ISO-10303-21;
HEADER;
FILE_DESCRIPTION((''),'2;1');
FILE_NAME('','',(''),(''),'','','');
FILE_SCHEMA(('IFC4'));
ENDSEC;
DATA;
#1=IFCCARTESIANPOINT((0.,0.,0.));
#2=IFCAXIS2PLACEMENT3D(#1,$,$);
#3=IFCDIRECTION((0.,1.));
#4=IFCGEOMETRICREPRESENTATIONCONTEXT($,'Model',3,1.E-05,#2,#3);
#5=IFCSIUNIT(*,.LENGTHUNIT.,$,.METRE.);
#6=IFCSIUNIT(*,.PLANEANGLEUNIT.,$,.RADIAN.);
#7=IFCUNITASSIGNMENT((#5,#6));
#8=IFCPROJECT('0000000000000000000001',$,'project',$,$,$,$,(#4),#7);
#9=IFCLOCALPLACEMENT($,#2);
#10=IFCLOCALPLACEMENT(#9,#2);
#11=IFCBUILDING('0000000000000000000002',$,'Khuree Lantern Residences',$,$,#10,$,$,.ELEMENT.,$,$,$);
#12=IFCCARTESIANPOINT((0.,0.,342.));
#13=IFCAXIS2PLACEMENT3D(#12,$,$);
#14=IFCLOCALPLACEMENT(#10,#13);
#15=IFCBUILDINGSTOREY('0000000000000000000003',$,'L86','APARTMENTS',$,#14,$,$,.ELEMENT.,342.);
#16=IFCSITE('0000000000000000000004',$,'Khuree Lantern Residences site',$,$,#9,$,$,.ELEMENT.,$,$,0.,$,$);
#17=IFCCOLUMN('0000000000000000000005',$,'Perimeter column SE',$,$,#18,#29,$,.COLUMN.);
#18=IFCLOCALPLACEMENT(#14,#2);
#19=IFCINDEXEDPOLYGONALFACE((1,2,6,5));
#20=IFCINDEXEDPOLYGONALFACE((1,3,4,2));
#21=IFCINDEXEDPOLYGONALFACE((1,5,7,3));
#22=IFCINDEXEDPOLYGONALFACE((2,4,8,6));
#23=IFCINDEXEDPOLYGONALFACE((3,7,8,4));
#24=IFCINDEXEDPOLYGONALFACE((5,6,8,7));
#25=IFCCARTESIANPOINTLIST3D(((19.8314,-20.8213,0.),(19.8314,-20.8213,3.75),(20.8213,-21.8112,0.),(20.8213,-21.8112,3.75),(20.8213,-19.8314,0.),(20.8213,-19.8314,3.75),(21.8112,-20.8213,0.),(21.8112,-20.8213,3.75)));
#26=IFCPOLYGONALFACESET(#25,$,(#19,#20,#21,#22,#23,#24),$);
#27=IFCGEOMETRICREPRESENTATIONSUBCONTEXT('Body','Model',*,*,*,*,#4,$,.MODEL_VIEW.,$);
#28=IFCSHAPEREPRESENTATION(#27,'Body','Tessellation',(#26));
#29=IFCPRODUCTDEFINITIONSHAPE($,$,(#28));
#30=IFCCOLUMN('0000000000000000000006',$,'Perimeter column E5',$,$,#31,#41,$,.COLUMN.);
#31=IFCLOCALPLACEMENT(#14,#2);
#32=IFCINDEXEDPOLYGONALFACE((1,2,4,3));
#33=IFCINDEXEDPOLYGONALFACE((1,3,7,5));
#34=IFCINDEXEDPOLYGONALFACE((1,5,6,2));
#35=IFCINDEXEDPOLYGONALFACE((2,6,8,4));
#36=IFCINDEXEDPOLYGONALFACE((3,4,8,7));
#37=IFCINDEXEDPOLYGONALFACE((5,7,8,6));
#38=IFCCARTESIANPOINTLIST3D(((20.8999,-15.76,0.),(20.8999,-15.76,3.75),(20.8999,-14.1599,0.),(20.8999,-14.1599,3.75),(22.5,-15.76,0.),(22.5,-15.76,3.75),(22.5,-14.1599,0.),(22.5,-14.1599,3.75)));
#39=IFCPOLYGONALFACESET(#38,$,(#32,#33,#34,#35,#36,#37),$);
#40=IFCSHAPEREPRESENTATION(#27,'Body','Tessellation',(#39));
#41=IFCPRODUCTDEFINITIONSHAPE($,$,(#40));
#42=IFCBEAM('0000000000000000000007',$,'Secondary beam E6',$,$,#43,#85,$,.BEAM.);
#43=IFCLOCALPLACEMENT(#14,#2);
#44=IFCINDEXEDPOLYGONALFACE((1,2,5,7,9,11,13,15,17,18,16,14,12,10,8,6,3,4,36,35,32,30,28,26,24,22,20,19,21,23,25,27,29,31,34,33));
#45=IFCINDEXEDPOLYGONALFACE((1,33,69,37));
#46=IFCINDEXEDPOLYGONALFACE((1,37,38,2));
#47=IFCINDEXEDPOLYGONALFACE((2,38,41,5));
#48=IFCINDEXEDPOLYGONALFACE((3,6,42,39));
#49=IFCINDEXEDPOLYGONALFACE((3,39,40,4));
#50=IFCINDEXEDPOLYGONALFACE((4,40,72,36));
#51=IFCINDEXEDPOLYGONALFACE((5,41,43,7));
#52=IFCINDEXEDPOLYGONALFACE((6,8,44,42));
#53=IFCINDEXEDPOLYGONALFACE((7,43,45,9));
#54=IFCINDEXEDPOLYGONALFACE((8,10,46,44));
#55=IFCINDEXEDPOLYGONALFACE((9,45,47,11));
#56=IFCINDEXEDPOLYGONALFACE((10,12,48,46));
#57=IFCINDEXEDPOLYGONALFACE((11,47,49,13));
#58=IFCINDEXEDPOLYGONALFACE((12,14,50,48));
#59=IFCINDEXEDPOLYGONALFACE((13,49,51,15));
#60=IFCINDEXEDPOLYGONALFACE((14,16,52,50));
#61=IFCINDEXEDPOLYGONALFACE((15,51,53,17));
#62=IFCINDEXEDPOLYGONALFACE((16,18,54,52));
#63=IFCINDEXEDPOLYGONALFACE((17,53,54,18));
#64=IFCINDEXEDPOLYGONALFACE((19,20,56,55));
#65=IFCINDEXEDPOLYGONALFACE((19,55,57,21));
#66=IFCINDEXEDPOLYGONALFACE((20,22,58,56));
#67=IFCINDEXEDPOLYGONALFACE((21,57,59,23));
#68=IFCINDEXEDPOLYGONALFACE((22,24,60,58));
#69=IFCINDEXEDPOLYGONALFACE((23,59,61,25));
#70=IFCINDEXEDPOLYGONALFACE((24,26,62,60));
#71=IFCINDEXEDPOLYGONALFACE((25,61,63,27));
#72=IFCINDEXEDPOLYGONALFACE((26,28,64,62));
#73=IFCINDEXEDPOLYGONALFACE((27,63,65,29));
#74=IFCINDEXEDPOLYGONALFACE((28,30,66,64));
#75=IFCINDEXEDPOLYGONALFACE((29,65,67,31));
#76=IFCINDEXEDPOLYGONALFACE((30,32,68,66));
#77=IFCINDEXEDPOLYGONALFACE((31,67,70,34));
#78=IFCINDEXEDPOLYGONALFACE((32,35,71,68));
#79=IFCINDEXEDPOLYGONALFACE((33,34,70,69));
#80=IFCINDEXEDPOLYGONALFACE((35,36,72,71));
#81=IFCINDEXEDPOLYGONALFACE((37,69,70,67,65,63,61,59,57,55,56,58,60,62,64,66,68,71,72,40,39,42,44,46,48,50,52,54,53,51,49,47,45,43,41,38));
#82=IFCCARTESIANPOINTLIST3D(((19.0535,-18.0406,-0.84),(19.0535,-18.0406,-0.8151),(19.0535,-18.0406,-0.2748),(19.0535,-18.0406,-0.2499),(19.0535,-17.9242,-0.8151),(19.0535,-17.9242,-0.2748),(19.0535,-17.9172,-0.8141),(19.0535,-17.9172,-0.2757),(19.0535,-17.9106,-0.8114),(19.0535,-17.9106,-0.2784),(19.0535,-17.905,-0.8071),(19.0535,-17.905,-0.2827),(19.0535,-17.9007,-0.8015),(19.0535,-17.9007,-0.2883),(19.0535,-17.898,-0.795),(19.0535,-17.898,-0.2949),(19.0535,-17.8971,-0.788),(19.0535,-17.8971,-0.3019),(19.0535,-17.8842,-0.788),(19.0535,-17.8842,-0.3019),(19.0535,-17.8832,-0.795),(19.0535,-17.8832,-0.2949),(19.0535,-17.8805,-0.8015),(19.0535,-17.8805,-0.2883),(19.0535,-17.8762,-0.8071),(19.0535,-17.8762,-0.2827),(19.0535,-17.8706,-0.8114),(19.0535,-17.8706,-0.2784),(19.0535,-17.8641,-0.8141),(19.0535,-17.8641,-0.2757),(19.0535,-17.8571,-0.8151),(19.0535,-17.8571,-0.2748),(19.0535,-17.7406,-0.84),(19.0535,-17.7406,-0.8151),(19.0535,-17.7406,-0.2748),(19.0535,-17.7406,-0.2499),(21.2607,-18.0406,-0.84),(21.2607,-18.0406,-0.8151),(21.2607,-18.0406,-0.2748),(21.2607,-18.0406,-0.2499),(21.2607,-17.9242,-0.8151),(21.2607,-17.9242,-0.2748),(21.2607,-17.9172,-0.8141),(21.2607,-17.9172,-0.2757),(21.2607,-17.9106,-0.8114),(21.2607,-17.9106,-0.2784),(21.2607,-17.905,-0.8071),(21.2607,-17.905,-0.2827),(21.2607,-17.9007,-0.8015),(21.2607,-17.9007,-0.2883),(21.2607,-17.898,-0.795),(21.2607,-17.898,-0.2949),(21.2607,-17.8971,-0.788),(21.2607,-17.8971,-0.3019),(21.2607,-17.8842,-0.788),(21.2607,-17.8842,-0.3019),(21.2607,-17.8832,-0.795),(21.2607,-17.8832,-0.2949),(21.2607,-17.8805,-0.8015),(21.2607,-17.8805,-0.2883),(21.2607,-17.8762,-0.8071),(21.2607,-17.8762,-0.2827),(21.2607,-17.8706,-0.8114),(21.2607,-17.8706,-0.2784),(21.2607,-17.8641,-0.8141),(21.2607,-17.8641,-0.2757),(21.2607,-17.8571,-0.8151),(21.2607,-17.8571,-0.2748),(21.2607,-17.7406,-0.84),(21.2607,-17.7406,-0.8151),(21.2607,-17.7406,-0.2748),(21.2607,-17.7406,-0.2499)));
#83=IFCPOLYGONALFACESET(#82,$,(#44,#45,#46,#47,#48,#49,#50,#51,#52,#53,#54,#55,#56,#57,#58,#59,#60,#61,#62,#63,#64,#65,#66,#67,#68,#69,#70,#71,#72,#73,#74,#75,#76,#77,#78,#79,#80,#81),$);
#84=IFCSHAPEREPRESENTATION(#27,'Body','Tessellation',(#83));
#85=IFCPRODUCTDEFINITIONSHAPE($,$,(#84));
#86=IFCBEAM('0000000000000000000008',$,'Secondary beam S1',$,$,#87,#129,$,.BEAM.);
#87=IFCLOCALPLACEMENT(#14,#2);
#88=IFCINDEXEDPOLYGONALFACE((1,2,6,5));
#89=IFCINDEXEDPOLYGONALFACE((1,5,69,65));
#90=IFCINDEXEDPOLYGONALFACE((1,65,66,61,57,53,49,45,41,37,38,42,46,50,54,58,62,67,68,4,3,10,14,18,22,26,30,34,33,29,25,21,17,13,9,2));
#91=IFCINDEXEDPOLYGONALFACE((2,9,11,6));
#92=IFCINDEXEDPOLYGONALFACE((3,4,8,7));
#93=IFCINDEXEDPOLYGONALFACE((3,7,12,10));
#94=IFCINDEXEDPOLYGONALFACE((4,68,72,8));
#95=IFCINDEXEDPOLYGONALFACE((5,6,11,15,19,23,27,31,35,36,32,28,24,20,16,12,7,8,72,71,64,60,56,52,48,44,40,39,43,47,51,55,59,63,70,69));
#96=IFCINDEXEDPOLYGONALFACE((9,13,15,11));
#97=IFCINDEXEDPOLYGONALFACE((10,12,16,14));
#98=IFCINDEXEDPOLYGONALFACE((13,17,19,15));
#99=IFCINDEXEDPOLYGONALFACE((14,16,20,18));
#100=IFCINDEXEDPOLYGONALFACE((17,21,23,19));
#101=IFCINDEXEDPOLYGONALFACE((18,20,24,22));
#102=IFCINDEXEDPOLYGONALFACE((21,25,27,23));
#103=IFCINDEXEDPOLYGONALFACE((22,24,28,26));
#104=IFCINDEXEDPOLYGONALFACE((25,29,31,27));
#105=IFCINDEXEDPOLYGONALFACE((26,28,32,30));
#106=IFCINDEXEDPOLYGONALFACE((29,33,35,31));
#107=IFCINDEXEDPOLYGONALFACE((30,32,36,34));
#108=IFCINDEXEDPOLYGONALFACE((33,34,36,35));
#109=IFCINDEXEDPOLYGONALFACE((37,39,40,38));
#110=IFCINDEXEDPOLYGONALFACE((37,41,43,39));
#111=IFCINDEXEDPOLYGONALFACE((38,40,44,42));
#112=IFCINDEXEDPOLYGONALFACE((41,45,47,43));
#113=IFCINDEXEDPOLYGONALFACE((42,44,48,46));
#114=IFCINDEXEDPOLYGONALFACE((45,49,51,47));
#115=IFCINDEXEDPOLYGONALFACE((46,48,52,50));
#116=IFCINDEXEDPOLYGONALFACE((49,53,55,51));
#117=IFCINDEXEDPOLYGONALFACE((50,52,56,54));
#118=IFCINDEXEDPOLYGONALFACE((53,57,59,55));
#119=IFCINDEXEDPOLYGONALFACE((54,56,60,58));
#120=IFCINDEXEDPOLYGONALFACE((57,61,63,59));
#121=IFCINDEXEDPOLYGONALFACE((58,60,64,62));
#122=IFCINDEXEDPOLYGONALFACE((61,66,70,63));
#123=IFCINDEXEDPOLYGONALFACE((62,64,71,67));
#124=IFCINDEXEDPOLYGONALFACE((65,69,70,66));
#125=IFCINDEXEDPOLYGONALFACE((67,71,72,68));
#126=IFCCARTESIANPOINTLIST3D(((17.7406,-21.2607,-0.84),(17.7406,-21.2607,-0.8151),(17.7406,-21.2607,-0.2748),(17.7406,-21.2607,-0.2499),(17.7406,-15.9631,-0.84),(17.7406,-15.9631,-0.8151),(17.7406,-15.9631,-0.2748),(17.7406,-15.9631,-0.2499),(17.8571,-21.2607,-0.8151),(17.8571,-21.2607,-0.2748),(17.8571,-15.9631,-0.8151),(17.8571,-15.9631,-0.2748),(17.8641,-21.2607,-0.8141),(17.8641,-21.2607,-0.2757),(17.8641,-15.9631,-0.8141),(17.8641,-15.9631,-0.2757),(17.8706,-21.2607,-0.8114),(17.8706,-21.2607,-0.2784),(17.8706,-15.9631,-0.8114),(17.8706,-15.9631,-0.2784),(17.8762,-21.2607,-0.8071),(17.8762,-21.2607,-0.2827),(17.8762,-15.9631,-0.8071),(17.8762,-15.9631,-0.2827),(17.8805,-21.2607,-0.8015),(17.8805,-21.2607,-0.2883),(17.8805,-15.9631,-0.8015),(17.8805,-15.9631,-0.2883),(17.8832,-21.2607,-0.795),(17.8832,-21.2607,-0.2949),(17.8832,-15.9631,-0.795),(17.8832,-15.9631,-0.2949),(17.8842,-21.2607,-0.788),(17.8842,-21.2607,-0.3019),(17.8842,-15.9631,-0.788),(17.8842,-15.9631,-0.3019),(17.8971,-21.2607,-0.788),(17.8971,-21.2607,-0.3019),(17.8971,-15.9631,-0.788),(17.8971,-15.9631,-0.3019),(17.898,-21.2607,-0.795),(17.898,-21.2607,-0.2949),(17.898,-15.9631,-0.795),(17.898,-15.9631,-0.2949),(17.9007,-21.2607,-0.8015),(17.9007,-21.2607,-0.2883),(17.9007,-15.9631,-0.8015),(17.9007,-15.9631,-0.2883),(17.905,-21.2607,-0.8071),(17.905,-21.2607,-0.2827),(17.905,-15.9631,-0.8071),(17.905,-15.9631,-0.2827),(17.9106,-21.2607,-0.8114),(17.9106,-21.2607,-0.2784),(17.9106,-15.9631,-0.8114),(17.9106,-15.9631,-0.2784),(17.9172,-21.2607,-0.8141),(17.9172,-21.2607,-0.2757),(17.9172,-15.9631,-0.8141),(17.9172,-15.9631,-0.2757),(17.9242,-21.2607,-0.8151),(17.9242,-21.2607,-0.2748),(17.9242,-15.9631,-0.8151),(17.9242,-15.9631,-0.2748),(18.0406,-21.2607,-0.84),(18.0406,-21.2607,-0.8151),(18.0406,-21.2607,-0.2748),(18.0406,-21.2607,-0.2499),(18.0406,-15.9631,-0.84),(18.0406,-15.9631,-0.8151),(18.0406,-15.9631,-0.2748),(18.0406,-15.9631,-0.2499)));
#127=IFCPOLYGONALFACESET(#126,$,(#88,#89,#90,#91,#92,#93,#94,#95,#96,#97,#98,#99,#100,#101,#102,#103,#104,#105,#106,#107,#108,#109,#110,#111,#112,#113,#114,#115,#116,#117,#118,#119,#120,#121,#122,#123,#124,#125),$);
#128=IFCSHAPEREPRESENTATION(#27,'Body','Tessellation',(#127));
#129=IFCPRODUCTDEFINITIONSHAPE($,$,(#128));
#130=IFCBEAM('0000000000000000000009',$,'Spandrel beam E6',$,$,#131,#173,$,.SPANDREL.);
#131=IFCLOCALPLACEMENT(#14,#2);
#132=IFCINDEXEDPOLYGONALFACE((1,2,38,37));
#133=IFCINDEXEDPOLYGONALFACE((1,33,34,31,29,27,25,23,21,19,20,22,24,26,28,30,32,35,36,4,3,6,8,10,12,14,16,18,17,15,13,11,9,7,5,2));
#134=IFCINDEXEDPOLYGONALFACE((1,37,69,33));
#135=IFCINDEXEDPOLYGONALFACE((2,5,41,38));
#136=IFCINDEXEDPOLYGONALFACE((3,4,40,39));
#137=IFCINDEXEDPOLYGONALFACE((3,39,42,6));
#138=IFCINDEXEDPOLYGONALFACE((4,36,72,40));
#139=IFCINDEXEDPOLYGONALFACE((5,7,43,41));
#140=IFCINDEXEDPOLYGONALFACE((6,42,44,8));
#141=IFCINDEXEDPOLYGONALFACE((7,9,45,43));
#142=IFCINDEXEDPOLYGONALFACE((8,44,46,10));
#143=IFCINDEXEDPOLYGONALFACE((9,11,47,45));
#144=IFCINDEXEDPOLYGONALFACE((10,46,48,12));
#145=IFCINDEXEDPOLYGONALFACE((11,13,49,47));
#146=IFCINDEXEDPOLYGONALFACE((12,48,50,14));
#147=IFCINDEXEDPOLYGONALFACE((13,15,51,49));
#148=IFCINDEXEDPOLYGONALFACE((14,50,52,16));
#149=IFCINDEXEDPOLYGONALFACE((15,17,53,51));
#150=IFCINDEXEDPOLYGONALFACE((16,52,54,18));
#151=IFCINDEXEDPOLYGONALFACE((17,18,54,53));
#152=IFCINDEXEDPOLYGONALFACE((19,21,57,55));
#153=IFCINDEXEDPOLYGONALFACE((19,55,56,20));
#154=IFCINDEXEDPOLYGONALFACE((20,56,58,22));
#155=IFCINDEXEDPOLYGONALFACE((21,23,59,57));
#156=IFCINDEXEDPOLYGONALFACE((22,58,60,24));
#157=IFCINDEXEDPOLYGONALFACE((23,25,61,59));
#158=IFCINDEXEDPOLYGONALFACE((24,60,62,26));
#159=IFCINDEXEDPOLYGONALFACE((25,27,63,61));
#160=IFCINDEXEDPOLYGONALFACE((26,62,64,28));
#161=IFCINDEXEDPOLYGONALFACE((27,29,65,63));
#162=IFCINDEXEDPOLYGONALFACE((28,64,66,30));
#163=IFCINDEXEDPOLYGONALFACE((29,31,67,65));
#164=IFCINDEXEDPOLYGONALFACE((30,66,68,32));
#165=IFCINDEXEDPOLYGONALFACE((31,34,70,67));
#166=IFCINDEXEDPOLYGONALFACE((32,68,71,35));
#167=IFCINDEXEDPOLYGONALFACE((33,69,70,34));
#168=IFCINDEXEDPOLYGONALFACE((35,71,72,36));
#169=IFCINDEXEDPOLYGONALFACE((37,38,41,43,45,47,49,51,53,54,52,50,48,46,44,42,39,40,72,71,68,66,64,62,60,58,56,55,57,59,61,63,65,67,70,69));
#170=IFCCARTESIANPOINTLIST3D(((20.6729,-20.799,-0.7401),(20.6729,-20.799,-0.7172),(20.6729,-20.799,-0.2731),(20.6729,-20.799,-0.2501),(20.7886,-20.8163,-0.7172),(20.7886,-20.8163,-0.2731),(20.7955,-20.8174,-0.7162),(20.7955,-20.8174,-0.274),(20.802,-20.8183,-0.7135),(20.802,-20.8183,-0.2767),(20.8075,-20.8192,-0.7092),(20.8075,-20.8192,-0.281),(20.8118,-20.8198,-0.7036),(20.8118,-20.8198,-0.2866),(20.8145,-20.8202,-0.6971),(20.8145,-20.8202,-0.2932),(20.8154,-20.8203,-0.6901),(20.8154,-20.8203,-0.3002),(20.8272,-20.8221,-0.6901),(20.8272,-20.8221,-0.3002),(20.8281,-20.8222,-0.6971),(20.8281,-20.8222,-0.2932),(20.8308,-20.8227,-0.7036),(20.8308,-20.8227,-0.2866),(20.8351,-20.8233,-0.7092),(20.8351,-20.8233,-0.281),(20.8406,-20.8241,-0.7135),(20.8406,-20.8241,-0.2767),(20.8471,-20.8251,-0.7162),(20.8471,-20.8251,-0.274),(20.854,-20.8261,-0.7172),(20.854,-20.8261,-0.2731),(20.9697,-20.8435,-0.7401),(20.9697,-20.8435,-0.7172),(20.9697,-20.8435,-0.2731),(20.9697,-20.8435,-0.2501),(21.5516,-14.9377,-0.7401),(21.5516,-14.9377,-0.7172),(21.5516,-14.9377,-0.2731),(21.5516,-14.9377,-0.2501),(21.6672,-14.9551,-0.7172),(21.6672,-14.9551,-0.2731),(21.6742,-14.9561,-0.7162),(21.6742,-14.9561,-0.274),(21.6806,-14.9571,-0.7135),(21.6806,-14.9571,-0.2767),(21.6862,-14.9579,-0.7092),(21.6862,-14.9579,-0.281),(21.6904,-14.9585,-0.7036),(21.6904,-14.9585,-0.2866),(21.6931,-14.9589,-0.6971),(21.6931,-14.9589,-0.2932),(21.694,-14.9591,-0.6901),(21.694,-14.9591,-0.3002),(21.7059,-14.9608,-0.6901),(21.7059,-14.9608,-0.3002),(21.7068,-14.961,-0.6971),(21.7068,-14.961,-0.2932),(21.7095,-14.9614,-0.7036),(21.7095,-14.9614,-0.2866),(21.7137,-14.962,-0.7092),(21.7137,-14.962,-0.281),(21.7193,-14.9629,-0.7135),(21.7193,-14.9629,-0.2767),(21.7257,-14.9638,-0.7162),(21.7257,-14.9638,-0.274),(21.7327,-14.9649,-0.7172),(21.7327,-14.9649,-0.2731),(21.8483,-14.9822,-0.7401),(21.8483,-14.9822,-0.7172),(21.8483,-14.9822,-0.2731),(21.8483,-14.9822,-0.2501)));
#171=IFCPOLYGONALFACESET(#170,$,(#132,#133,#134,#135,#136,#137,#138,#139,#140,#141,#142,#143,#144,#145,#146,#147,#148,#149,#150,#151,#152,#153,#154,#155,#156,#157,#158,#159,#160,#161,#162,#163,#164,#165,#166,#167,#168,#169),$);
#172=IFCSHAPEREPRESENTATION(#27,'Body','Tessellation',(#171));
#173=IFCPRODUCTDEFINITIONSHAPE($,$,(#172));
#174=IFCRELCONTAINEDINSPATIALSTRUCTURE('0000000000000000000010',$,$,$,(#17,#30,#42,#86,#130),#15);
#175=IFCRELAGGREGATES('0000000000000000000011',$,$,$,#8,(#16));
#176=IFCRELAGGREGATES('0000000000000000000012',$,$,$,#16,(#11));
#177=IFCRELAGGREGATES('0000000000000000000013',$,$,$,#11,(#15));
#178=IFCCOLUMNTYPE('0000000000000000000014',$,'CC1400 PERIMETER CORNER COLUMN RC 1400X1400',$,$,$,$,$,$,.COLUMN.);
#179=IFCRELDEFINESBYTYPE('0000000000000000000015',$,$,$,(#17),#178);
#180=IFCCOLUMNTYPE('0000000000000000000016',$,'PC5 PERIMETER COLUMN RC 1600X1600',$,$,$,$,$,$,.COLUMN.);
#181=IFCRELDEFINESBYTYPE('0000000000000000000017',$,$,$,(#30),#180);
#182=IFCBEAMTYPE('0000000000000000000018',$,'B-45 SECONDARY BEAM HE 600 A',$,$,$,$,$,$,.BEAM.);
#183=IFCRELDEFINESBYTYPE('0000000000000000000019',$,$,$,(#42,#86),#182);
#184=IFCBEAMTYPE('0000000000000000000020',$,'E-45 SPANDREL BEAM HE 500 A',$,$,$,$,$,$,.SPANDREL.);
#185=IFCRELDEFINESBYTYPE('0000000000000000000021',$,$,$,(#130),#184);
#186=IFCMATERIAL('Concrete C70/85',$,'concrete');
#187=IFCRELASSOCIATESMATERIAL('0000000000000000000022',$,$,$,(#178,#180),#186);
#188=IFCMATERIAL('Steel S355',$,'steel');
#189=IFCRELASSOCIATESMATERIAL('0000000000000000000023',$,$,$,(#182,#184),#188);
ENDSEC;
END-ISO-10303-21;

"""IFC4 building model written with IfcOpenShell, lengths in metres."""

from ifc_helpers import new_model, si_unit, direction, frame, origin, origin_2d, place, context, subcontext, project, spatial, rectangle, i_section, extrude, material, material_profile, profile_set, type_object, element, save


model = new_model("IFC4")

# Units and contexts
model_context = context("Model", 3, precision=1e-05, world=origin(), true_north=direction((0.0, 1.0)))
body_context = subcontext(model_context, "Body", "Model", "MODEL_VIEW")
ifc_project = project(units=[si_unit("LENGTHUNIT", "METRE"), si_unit("PLANEANGLEUNIT", "RADIAN")], contexts=[model_context])

# Site, building, storey
site_placement = place(None, origin())
site = spatial("IfcSite", under=ifc_project, at=site_placement, Name="Khuree Lantern Residences site", CompositionType="ELEMENT", RefElevation=0.0)
building_placement = place(site_placement, origin())
building = spatial("IfcBuilding", under=site, at=building_placement, Name="Khuree Lantern Residences", CompositionType="ELEMENT")
storey_placement = place(building_placement, frame((0.0, 0.0, 342.0)))
storey = spatial("IfcBuildingStorey", under=building, at=storey_placement, Name="L86", Description="APARTMENTS", CompositionType="ELEMENT", Elevation=342.0)

# Columns
ifc_material_1 = material(Name="Concrete C70/85", Category="concrete")
ifc_material_profile_1 = material_profile(ifc_material_1, rectangle(XDim=1.3999, YDim=1.3999, at=origin_2d()), Name="RC 1400X1400")
ifc_profile_set_1 = profile_set([ifc_material_profile_1], Name="Concrete C70/85")
column_type_1 = type_object("IfcColumnType", Name="CC1400 PERIMETER CORNER COLUMN RC 1400X1400", PredefinedType="COLUMN", material=ifc_profile_set_1)
column_1_placement = place(storey_placement, frame((20.8213, -20.8213, 0.0), z_axis=(0.0, 0.0, 1.0), x_axis=(0.707107, 0.707107, 0.0)))
element("IfcColumn", 1, at=column_1_placement, inside=storey, type_object=column_type_1, Name="Perimeter column SE", PredefinedType="COLUMN", context=body_context, shape_type="SweptSolid", body=[
    extrude(rectangle(XDim=1.3999, YDim=1.3999, at=origin_2d()), origin(), (0.0, 0.0, 1.0), 3.75),
])
ifc_material_profile_2 = material_profile(ifc_material_1, rectangle(XDim=1.6001, YDim=1.6001, at=origin_2d()), Name="RC 1600X1600")
ifc_profile_set_2 = profile_set([ifc_material_profile_2], Name="Concrete C70/85")
column_type_2 = type_object("IfcColumnType", Name="PC5 PERIMETER COLUMN RC 1600X1600", PredefinedType="COLUMN", material=ifc_profile_set_2)
column_2_placement = place(storey_placement, frame((21.7, -14.96, 0.0), z_axis=(0.0, 0.0, 1.0), x_axis=(0.0, 1.0, 0.0)))
element("IfcColumn", 2, at=column_2_placement, inside=storey, type_object=column_type_2, Name="Perimeter column E5", PredefinedType="COLUMN", context=body_context, shape_type="SweptSolid", body=[
    extrude(rectangle(XDim=1.6001, YDim=1.6001, at=origin_2d()), origin(), (0.0, 0.0, 1.0), 3.75),
])

# Beams
ifc_material_2 = material(Name="Steel S355", Category="steel")
ifc_material_profile_3 = material_profile(ifc_material_2, i_section(OverallWidth=0.3, OverallDepth=0.5901, WebThickness=0.0129, FlangeThickness=0.0249, FilletRadius=0.0271, at=origin_2d()), Name="HE 600 A")
ifc_profile_set_3 = profile_set([ifc_material_profile_3], Name="Steel S355")
beam_type_1 = type_object("IfcBeamType", Name="B-45 SECONDARY BEAM HE 600 A", PredefinedType="BEAM", material=ifc_profile_set_3)
beam_1_placement = place(storey_placement, frame((21.2607, -17.8906, -0.5449), z_axis=(-1.0, 0.0, 0.0), x_axis=(0.0, -1.0, 0.0)))
element("IfcBeam", 3, at=beam_1_placement, inside=storey, type_object=beam_type_1, Name="Secondary beam E6", PredefinedType="BEAM", context=body_context, shape_type="SweptSolid", body=[
    extrude(i_section(OverallWidth=0.3, OverallDepth=0.5901, WebThickness=0.0129, FlangeThickness=0.0249, FilletRadius=0.0271, at=origin_2d()), origin(), (0.0, 0.0, 1.0), 2.2073),
])
beam_2_placement = place(storey_placement, frame((17.8906, -21.2607, -0.5449), z_axis=(0.0, 1.0, 0.0), x_axis=(-1.0, 0.0, 0.0)))
element("IfcBeam", 4, at=beam_2_placement, inside=storey, type_object=beam_type_1, Name="Secondary beam S1", PredefinedType="BEAM", context=body_context, shape_type="SweptSolid", body=[
    extrude(i_section(OverallWidth=0.3, OverallDepth=0.5901, WebThickness=0.0129, FlangeThickness=0.0249, FilletRadius=0.0271, at=origin_2d()), origin(), (0.0, 0.0, 1.0), 5.2976),
])
ifc_material_profile_4 = material_profile(ifc_material_2, i_section(OverallWidth=0.3, OverallDepth=0.49, WebThickness=0.012, FlangeThickness=0.0229, FilletRadius=0.0271, at=origin_2d()), Name="HE 500 A")
ifc_profile_set_4 = profile_set([ifc_material_profile_4], Name="Steel S355")
beam_type_2 = type_object("IfcBeamType", Name="E-45 SPANDREL BEAM HE 500 A", PredefinedType="SPANDREL", material=ifc_profile_set_4)
for number, where, z_axis, x_axis, name in (
    (5, (21.7, -14.96, -0.4951), (-0.148252, -0.98895, 0.0), (0.98895, -0.148252, 0.0), "Spandrel beam E6"),
):
    element("IfcBeam", number, at=place(storey_placement, frame(where, z_axis=z_axis, x_axis=x_axis)), inside=storey, type_object=beam_type_2, Name=name, PredefinedType="SPANDREL", context=body_context, shape_type="SweptSolid", body=[
        extrude(i_section(OverallWidth=0.3, OverallDepth=0.49, WebThickness=0.012, FlangeThickness=0.0229, FilletRadius=0.0271, at=origin_2d()), origin(), (0.0, 0.0, 1.0), 5.9268),
    ])

save(model, "model.ifc")
